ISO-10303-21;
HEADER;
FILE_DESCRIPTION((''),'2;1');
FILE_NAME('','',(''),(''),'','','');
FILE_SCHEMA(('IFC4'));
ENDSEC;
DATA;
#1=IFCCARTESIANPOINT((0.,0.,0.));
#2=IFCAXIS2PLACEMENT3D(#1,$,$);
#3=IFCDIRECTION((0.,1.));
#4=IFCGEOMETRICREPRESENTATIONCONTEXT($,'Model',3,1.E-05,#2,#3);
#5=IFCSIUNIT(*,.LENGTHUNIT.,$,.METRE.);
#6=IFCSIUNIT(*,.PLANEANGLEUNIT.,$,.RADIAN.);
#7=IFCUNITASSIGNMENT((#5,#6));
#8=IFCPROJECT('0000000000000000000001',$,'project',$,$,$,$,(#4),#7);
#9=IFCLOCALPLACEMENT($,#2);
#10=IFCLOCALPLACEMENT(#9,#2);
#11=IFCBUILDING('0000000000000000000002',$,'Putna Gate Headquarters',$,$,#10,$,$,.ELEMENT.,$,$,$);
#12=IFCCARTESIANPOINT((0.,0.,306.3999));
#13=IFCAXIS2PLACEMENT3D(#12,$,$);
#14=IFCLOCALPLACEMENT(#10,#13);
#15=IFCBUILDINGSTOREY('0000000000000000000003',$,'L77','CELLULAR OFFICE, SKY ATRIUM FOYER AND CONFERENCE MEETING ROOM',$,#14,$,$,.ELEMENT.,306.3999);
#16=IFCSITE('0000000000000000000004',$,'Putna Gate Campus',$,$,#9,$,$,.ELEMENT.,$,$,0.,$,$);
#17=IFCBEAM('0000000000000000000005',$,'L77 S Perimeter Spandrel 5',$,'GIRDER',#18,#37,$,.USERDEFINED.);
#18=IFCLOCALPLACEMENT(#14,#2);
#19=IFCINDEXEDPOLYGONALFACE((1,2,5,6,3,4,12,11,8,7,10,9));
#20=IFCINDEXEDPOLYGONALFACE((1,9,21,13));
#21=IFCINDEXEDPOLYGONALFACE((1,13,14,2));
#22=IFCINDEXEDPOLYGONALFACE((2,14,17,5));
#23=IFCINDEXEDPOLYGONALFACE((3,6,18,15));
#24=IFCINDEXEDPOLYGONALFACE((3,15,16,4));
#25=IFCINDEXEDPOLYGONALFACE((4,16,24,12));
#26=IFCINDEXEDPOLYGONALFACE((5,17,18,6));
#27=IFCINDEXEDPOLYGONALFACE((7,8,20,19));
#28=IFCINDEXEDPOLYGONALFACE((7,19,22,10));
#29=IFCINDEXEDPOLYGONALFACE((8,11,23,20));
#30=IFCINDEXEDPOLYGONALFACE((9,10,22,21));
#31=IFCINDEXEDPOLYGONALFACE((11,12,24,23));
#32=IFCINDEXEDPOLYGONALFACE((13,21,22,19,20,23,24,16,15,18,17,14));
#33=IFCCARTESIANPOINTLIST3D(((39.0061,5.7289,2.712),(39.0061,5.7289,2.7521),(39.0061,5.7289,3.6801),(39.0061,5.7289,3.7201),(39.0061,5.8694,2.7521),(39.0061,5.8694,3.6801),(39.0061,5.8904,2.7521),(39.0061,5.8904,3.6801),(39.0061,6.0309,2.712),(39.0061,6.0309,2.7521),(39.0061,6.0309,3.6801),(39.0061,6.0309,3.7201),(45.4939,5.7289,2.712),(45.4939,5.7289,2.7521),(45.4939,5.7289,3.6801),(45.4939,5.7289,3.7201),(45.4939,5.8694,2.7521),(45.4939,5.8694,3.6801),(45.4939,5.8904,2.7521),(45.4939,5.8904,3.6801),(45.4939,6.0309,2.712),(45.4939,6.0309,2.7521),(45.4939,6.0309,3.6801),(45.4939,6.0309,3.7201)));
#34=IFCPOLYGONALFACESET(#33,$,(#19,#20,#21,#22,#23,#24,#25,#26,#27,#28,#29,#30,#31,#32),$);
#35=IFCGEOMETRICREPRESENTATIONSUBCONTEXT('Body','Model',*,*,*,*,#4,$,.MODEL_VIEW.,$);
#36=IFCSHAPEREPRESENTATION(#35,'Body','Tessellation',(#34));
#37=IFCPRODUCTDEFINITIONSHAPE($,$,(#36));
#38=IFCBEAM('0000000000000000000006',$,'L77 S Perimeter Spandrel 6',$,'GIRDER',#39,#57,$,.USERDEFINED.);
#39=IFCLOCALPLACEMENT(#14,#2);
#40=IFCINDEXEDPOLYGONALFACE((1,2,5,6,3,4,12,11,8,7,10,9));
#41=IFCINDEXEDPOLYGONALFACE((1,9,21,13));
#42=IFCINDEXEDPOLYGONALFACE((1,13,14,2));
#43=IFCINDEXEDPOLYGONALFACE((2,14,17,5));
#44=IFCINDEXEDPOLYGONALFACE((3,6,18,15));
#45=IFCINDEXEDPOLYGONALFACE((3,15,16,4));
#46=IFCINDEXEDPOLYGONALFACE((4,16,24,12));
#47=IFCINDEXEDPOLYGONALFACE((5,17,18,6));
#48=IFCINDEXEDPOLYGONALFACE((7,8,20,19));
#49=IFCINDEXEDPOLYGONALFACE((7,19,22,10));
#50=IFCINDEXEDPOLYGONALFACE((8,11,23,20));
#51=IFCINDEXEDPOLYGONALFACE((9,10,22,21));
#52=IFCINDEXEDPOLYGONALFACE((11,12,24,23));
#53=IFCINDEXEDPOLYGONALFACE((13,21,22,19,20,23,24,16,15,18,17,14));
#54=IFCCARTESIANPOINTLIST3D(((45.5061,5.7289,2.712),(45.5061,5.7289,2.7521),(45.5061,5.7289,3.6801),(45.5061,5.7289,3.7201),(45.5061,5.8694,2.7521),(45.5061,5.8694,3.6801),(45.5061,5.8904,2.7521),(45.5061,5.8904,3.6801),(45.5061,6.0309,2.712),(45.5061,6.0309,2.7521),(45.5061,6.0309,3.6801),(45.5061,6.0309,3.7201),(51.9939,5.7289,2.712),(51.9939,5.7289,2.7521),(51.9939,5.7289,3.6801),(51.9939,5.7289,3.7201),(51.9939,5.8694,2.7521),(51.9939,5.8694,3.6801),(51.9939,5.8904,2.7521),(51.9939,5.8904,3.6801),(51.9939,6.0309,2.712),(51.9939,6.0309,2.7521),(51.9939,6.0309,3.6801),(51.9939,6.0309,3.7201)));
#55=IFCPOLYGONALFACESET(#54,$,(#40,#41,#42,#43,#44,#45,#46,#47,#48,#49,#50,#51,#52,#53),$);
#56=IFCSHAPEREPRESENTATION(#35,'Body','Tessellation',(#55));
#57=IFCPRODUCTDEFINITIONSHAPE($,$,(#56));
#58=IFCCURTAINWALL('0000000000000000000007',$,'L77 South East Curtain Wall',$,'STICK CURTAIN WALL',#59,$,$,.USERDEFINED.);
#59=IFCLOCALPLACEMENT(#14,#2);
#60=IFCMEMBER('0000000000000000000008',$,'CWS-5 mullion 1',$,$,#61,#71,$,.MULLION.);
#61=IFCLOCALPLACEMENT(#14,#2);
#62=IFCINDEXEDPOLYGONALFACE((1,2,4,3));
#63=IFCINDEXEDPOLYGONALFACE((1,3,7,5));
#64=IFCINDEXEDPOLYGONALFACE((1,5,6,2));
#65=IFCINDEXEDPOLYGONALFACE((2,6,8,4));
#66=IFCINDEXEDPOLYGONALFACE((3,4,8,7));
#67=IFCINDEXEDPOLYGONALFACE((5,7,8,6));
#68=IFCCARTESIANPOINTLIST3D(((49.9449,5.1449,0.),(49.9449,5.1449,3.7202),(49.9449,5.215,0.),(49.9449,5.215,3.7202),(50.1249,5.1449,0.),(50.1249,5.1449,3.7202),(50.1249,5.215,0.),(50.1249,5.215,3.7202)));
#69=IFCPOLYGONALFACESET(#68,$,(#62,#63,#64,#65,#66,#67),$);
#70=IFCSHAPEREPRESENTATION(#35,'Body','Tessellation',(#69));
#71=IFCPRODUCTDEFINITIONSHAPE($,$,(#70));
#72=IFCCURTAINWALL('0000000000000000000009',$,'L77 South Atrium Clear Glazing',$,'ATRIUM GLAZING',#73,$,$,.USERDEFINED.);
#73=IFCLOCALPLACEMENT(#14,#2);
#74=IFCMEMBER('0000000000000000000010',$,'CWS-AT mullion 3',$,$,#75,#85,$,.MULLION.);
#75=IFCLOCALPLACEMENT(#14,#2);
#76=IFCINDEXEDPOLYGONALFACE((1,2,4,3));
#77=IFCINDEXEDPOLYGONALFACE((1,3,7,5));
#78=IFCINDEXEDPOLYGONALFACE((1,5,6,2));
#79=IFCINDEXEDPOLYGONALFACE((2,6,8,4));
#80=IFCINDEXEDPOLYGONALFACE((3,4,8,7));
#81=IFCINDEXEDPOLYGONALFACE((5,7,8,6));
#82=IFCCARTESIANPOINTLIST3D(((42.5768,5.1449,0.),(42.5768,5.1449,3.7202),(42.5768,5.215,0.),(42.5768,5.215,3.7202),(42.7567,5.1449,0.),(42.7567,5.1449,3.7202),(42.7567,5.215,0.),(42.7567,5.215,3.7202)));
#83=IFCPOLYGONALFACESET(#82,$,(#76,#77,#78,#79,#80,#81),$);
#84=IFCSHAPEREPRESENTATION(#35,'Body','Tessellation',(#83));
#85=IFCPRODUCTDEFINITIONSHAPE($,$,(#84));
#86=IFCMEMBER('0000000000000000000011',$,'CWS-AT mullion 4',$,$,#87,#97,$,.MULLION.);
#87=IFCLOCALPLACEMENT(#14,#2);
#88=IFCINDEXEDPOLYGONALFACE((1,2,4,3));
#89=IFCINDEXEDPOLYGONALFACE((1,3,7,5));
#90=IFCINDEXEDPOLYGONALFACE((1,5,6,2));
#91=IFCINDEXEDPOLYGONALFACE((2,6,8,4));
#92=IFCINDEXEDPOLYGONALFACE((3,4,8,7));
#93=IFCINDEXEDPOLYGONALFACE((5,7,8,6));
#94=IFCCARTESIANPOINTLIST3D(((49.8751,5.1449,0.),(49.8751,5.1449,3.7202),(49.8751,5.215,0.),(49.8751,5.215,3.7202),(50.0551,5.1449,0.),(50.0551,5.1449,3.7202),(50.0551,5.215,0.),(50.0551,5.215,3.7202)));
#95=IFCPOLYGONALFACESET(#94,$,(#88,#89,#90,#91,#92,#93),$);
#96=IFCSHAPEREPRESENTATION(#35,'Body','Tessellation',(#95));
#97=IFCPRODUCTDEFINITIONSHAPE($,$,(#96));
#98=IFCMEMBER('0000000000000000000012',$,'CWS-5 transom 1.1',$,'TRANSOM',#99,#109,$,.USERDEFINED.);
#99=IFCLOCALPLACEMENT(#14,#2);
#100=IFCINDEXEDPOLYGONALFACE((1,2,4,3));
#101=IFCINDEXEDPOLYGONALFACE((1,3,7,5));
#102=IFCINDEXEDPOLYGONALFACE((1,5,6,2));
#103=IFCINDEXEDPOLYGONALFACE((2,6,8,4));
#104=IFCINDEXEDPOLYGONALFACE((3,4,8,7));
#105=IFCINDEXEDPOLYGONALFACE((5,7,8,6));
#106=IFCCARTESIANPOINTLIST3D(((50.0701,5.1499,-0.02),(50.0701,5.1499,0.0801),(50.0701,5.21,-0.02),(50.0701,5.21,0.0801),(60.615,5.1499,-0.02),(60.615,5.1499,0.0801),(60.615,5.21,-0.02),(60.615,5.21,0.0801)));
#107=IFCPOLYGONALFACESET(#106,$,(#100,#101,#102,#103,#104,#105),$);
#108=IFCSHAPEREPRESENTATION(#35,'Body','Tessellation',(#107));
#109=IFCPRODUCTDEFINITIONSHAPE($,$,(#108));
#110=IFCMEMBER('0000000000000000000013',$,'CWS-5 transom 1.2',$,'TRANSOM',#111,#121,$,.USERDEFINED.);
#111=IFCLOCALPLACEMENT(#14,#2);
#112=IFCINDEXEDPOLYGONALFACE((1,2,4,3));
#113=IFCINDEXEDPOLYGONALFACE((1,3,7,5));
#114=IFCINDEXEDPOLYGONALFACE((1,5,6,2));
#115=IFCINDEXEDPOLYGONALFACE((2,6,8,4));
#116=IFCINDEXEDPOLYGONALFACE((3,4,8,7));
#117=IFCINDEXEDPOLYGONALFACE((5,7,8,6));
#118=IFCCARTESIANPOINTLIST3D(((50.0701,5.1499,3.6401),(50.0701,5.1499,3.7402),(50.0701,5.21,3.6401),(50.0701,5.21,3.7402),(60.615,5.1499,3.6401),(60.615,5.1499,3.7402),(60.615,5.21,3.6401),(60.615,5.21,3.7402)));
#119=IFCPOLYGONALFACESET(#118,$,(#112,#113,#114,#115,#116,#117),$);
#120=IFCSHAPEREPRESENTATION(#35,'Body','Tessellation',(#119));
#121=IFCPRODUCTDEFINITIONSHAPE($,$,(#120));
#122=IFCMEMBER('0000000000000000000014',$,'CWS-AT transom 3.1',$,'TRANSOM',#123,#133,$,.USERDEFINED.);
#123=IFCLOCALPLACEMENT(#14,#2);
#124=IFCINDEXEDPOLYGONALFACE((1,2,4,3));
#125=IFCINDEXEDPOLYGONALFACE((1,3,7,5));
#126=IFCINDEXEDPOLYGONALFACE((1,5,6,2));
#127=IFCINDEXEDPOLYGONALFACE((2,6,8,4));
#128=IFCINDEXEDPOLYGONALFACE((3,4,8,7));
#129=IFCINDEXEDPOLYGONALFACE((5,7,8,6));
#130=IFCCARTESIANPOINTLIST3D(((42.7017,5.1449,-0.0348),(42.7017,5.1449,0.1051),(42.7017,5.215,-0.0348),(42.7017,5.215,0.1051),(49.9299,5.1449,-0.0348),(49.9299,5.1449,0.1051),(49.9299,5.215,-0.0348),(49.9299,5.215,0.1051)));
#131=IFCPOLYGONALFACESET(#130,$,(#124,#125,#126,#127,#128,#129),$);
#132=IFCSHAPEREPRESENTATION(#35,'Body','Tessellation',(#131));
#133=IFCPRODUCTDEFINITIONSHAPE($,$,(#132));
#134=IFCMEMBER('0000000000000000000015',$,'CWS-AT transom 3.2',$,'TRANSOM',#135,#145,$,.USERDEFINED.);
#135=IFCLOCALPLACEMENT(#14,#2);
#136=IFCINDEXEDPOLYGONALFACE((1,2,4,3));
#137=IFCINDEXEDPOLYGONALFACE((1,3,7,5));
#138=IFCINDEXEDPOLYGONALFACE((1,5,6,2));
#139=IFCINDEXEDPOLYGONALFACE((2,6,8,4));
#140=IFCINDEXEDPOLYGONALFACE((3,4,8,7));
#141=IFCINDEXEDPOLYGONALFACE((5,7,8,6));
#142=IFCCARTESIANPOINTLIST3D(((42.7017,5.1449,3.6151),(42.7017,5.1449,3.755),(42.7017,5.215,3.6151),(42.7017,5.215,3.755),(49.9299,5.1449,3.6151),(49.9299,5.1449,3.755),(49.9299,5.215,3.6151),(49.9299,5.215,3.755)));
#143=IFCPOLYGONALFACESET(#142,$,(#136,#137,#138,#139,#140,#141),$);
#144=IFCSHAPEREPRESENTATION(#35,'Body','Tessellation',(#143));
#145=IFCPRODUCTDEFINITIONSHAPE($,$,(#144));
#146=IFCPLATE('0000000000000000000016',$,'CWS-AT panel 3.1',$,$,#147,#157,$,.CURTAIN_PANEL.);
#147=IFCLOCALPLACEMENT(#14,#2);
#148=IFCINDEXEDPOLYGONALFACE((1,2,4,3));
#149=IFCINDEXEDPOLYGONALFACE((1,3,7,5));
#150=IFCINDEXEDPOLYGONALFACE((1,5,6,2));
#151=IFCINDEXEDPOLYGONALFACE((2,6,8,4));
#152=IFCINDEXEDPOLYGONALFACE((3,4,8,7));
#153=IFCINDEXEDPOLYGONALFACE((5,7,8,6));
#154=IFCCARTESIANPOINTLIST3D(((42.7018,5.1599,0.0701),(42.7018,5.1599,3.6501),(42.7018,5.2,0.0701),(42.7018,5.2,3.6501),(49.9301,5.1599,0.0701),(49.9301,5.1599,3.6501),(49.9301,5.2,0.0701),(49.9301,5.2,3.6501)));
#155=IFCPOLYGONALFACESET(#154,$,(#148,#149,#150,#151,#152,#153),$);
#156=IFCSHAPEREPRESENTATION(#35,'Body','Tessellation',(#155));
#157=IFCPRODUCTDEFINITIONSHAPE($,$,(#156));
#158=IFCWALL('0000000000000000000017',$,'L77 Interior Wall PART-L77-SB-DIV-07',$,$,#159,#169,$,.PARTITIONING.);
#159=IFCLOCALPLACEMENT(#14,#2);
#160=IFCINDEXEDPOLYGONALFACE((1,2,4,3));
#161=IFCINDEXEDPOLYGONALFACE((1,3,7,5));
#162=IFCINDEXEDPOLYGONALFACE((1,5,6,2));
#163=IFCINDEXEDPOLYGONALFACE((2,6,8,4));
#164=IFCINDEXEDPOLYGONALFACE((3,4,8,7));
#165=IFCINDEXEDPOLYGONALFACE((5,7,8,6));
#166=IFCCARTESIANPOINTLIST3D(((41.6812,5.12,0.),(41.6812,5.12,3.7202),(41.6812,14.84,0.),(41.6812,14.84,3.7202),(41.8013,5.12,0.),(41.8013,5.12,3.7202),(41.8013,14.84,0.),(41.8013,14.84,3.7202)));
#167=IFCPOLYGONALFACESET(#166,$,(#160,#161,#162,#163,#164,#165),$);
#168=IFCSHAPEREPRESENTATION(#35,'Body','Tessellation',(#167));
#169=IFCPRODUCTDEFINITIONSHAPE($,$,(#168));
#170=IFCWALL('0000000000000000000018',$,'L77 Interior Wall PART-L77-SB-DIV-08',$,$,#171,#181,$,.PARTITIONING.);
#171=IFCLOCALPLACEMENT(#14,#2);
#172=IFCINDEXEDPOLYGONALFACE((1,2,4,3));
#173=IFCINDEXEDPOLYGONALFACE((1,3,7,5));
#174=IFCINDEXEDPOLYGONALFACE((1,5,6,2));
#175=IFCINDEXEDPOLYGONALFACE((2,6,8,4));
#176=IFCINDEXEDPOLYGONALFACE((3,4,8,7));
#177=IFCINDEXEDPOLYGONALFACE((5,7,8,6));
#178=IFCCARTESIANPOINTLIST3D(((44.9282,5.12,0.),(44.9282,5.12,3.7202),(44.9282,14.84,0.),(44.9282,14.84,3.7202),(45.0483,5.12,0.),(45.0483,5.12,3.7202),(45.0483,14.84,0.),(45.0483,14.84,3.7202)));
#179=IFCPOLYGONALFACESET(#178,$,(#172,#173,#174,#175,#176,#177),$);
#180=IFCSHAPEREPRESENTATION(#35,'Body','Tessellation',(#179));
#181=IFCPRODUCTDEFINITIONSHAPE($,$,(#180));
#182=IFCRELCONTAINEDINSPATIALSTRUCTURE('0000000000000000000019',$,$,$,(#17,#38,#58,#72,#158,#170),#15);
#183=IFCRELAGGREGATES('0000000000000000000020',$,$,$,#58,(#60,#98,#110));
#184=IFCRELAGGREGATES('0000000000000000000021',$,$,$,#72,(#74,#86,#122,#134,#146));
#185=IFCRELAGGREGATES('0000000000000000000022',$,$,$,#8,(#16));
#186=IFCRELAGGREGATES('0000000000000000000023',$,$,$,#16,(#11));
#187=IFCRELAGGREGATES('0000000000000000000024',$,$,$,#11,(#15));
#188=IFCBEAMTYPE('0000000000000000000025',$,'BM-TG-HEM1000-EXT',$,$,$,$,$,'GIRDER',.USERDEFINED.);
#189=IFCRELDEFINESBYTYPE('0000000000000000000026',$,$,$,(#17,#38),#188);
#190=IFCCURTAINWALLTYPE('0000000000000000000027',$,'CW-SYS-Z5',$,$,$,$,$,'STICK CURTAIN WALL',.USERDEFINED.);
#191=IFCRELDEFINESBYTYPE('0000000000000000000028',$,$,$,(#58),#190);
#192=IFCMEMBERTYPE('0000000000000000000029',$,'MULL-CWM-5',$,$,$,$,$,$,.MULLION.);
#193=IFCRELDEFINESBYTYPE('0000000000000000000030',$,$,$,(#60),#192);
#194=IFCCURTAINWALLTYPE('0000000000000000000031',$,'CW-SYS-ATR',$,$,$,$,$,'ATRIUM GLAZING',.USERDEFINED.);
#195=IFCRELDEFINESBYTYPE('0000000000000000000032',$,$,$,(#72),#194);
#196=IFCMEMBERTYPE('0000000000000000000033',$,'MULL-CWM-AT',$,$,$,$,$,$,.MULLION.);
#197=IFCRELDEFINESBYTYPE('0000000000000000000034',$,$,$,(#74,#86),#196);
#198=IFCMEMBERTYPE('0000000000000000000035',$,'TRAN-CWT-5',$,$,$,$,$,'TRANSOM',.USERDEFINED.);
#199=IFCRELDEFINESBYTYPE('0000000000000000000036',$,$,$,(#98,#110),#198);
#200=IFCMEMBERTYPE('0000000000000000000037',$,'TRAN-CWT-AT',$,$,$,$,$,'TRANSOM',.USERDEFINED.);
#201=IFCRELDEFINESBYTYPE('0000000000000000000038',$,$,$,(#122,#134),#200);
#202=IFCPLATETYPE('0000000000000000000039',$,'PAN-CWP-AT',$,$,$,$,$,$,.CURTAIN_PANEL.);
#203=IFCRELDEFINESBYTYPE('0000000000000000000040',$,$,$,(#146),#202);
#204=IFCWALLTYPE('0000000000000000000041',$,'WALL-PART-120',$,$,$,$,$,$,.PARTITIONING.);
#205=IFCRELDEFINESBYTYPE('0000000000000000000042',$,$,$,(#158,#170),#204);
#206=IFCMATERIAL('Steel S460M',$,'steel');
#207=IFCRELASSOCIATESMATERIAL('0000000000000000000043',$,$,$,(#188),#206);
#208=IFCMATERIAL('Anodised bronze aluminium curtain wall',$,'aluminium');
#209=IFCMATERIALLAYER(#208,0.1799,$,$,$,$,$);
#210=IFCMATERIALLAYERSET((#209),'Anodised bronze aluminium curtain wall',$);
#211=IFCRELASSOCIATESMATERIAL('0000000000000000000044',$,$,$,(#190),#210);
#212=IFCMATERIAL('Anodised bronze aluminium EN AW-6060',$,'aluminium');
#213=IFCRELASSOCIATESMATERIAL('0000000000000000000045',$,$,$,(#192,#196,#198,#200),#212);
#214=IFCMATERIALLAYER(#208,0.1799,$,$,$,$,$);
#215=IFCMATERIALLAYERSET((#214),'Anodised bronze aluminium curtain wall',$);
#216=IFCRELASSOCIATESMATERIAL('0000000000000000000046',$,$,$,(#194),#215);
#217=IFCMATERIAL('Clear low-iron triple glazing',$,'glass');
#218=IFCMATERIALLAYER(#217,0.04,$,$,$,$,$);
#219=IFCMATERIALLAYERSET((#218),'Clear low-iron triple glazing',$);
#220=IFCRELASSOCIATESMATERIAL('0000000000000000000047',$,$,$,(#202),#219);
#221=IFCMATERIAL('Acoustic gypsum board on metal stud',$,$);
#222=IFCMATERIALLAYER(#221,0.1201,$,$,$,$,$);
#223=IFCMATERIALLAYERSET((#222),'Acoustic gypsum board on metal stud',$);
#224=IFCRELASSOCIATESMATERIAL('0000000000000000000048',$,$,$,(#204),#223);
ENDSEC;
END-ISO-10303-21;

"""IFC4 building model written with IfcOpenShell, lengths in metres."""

from ifc_helpers import new_model, si_unit, direction, frame, frame_2d, origin, origin_2d, place, context, subcontext, project, spatial, rectangle, i_section, extrude, material, layer, layer_set, material_profile, profile_set, type_object, element, aggregate, save


model = new_model("IFC4")

# Units and contexts
model_context = context("Model", 3, precision=1e-05, world=origin(), true_north=direction((0.0, 1.0)))
body_context = subcontext(model_context, "Body", "Model", "MODEL_VIEW")
ifc_project = project(units=[si_unit("LENGTHUNIT", "METRE"), si_unit("PLANEANGLEUNIT", "RADIAN")], contexts=[model_context])

# Site, building, storey
site_placement = place(None, origin())
site = spatial("IfcSite", under=ifc_project, at=site_placement, Name="Putna Gate Campus", CompositionType="ELEMENT", RefElevation=0.0)
building_placement = place(site_placement, origin())
building = spatial("IfcBuilding", under=site, at=building_placement, Name="Putna Gate Headquarters", CompositionType="ELEMENT")
storey_placement = place(building_placement, frame((0.0, 0.0, 306.3999)))
storey = spatial("IfcBuildingStorey", under=building, at=storey_placement, Name="L77", Description="CELLULAR OFFICE, SKY ATRIUM FOYER AND CONFERENCE MEETING ROOM", CompositionType="ELEMENT", Elevation=306.3999)

# Shared definitions
ifc_material_1 = material(Name="Steel S460M", Category="steel")

# Beams
ifc_material_profile_1 = material_profile(ifc_material_1, i_section(OverallWidth=0.302, OverallDepth=1.0081, WebThickness=0.021, FlangeThickness=0.04, at=origin_2d()), Name="Steel S460M")
ifc_profile_set_1 = profile_set([ifc_material_profile_1], Name="Steel S460M")
beam_type_1 = type_object("IfcBeamType", Name="BM-TG-HEM1000-EXT", ElementType="GIRDER", PredefinedType="USERDEFINED", material=ifc_profile_set_1)
for number, where, z_axis, x_axis, name in (
    (1, (39.0061, 5.8799, 3.2161), (1.0, 0.0, 0.0), (0.0, 1.0, 0.0), "L77 S Perimeter Spandrel 5"),
    (2, (45.5061, 5.8799, 3.2161), (1.0, 0.0, 0.0), (0.0, 1.0, 0.0), "L77 S Perimeter Spandrel 6"),
):
    element("IfcBeam", number, at=place(storey_placement, frame(where, z_axis=z_axis, x_axis=x_axis)), inside=storey, type_object=beam_type_1, Name=name, ObjectType="GIRDER", PredefinedType="USERDEFINED", context=body_context, shape_type="SweptSolid", body=[
        extrude(i_section(OverallWidth=0.302, OverallDepth=1.0081, WebThickness=0.021, FlangeThickness=0.04, at=origin_2d()), origin(), (0.0, 0.0, 1.0), 6.4878),
    ])

# Curtain wall, member
ifc_material_2 = material(Name="Anodised bronze aluminium curtain wall", Category="aluminium")
ifc_layer_1 = layer(ifc_material_2, 0.1799)
ifc_layer_set_1 = layer_set([ifc_layer_1], Name="Anodised bronze aluminium curtain wall")
curtain_wall_type_1 = type_object("IfcCurtainWallType", Name="CW-SYS-Z5", ElementType="STICK CURTAIN WALL", PredefinedType="USERDEFINED", material=ifc_layer_set_1)
curtain_wall_1_placement = place(storey_placement, origin())
curtain_wall_1 = element("IfcCurtainWall", 3, at=curtain_wall_1_placement, inside=storey, type_object=curtain_wall_type_1, Name="L77 South East Curtain Wall", ObjectType="STICK CURTAIN WALL", PredefinedType="USERDEFINED")
ifc_material_3 = material(Name="Anodised bronze aluminium EN AW-6060", Category="aluminium")
ifc_material_profile_2 = material_profile(ifc_material_3, rectangle(XDim=0.0701, YDim=0.1799, at=origin_2d()), Name="Anodised bronze aluminium EN AW-6060")
ifc_profile_set_2 = profile_set([ifc_material_profile_2], Name="Anodised bronze aluminium EN AW-6060")
member_type_1 = type_object("IfcMemberType", Name="MULL-CWM-5", PredefinedType="MULLION", material=ifc_profile_set_2)
member_1_placement = place(storey_placement, frame((50.0349, 5.1799, 0.0), z_axis=(0.0, 0.0, 1.0), x_axis=(0.0, 1.0, 0.0)))
member_1 = element("IfcMember", 4, at=member_1_placement, type_object=member_type_1, Name="CWS-5 mullion 1", PredefinedType="MULLION", context=body_context, shape_type="SweptSolid", body=[
    extrude(rectangle(XDim=0.0701, YDim=0.1799, at=origin_2d()), origin(), (0.0, 0.0, 1.0), 3.7202),
])

# Curtain wall, members
ifc_layer_2 = layer(ifc_material_2, 0.1799)
ifc_layer_set_2 = layer_set([ifc_layer_2], Name="Anodised bronze aluminium curtain wall")
curtain_wall_type_2 = type_object("IfcCurtainWallType", Name="CW-SYS-ATR", ElementType="ATRIUM GLAZING", PredefinedType="USERDEFINED", material=ifc_layer_set_2)
curtain_wall_2_placement = place(storey_placement, origin())
curtain_wall_2 = element("IfcCurtainWall", 5, at=curtain_wall_2_placement, inside=storey, type_object=curtain_wall_type_2, Name="L77 South Atrium Clear Glazing", ObjectType="ATRIUM GLAZING", PredefinedType="USERDEFINED")
ifc_material_profile_3 = material_profile(ifc_material_3, rectangle(XDim=0.0701, YDim=0.1799, at=origin_2d()), Name="Anodised bronze aluminium EN AW-6060")
ifc_profile_set_3 = profile_set([ifc_material_profile_3], Name="Anodised bronze aluminium EN AW-6060")
member_type_2 = type_object("IfcMemberType", Name="MULL-CWM-AT", PredefinedType="MULLION", material=ifc_profile_set_3)
member_2_placement = place(storey_placement, frame((42.6667, 5.1799, 0.0), z_axis=(0.0, 0.0, 1.0), x_axis=(0.0, 1.0, 0.0)))
member_2 = element("IfcMember", 6, at=member_2_placement, type_object=member_type_2, Name="CWS-AT mullion 3", PredefinedType="MULLION", context=body_context, shape_type="SweptSolid", body=[
    extrude(rectangle(XDim=0.0701, YDim=0.1799, at=origin_2d()), origin(), (0.0, 0.0, 1.0), 3.7202),
])
member_3_placement = place(storey_placement, frame((49.9651, 5.1799, 0.0), z_axis=(0.0, 0.0, 1.0), x_axis=(0.0, 1.0, 0.0)))
member_3 = element("IfcMember", 7, at=member_3_placement, type_object=member_type_2, Name="CWS-AT mullion 4", PredefinedType="MULLION", context=body_context, shape_type="SweptSolid", body=[
    extrude(rectangle(XDim=0.0701, YDim=0.1799, at=origin_2d()), origin(), (0.0, 0.0, 1.0), 3.7202),
])

# Members
ifc_material_profile_4 = material_profile(ifc_material_3, rectangle(XDim=0.0601, YDim=0.1001, at=origin_2d()), Name="Anodised bronze aluminium EN AW-6060")
ifc_profile_set_4 = profile_set([ifc_material_profile_4], Name="Anodised bronze aluminium EN AW-6060")
member_type_3 = type_object("IfcMemberType", Name="TRAN-CWT-5", ElementType="TRANSOM", PredefinedType="USERDEFINED", material=ifc_profile_set_4)
member_4_placement = place(storey_placement, frame((50.0701, 5.1799, 0.03), z_axis=(1.0, 0.0, 0.0), x_axis=(0.0, 1.0, 0.0)))
member_4 = element("IfcMember", 8, at=member_4_placement, type_object=member_type_3, Name="CWS-5 transom 1.1", ObjectType="TRANSOM", PredefinedType="USERDEFINED", context=body_context, shape_type="SweptSolid", body=[
    extrude(rectangle(XDim=0.0601, YDim=0.1001, at=origin_2d()), origin(), (0.0, 0.0, 1.0), 10.5449),
])
member_5_placement = place(storey_placement, frame((50.0701, 5.1799, 3.6902), z_axis=(1.0, 0.0, 0.0), x_axis=(0.0, 1.0, 0.0)))
member_5 = element("IfcMember", 9, at=member_5_placement, type_object=member_type_3, Name="CWS-5 transom 1.2", ObjectType="TRANSOM", PredefinedType="USERDEFINED", context=body_context, shape_type="SweptSolid", body=[
    extrude(rectangle(XDim=0.0601, YDim=0.1001, at=origin_2d()), origin(), (0.0, 0.0, 1.0), 10.5449),
])
aggregate(curtain_wall_1, [member_1, member_4, member_5])
ifc_material_profile_5 = material_profile(ifc_material_3, rectangle(XDim=0.0701, YDim=0.1399, at=origin_2d()), Name="Anodised bronze aluminium EN AW-6060")
ifc_profile_set_5 = profile_set([ifc_material_profile_5], Name="Anodised bronze aluminium EN AW-6060")
member_type_4 = type_object("IfcMemberType", Name="TRAN-CWT-AT", ElementType="TRANSOM", PredefinedType="USERDEFINED", material=ifc_profile_set_5)
member_6_placement = place(storey_placement, frame((42.7017, 5.1799, 0.0352), z_axis=(1.0, 0.0, 0.0), x_axis=(0.0, 1.0, 0.0)))
member_6 = element("IfcMember", 10, at=member_6_placement, type_object=member_type_4, Name="CWS-AT transom 3.1", ObjectType="TRANSOM", PredefinedType="USERDEFINED", context=body_context, shape_type="SweptSolid", body=[
    extrude(rectangle(XDim=0.0701, YDim=0.1399, at=origin_2d()), origin(), (0.0, 0.0, 1.0), 7.2283),
])
member_7_placement = place(storey_placement, frame((42.7017, 5.1799, 3.6851), z_axis=(1.0, 0.0, 0.0), x_axis=(0.0, 1.0, 0.0)))
member_7 = element("IfcMember", 11, at=member_7_placement, type_object=member_type_4, Name="CWS-AT transom 3.2", ObjectType="TRANSOM", PredefinedType="USERDEFINED", context=body_context, shape_type="SweptSolid", body=[
    extrude(rectangle(XDim=0.0701, YDim=0.1399, at=origin_2d()), origin(), (0.0, 0.0, 1.0), 7.2283),
])

# Plate
ifc_material_4 = material(Name="Clear low-iron triple glazing", Category="glass")
ifc_layer_3 = layer(ifc_material_4, 0.04)
ifc_layer_set_3 = layer_set([ifc_layer_3], Name="Clear low-iron triple glazing")
plate_type = type_object("IfcPlateType", Name="PAN-CWP-AT", PredefinedType="CURTAIN_PANEL", material=ifc_layer_set_3)
plate_placement = place(storey_placement, frame((46.3159, 5.1799, 0.0701), z_axis=(0.0, 0.0, 1.0), x_axis=(1.0, 0.0, 0.0)))
plate = element("IfcPlate", 12, at=plate_placement, type_object=plate_type, Name="CWS-AT panel 3.1", PredefinedType="CURTAIN_PANEL", context=body_context, shape_type="SweptSolid", body=[
    extrude(rectangle(XDim=7.2283, YDim=0.04, at=origin_2d()), origin(), (0.0, 0.0, 1.0), 3.5801),
])
aggregate(curtain_wall_2, [member_2, member_3, member_6, member_7, plate])

# Walls
ifc_material_5 = material(Name="Acoustic gypsum board on metal stud")
ifc_layer_4 = layer(ifc_material_5, 0.1201)
ifc_layer_set_4 = layer_set([ifc_layer_4], Name="Acoustic gypsum board on metal stud")
wall_type_1 = type_object("IfcWallType", Name="WALL-PART-120", PredefinedType="PARTITIONING", material=ifc_layer_set_4)
for number, where, z_axis, x_axis, name in (
    (13, (41.7412, 5.1201, 0.0), (0.0, 0.0, 1.0), (0.0, 1.0, 0.0), "L77 Interior Wall PART-L77-SB-DIV-07"),
    (14, (44.9883, 5.1201, 0.0), (0.0, 0.0, 1.0), (0.0, 1.0, 0.0), "L77 Interior Wall PART-L77-SB-DIV-08"),
):
    element("IfcWall", number, at=place(storey_placement, frame(where, z_axis=z_axis, x_axis=x_axis)), inside=storey, type_object=wall_type_1, Name=name, PredefinedType="PARTITIONING", context=body_context, shape_type="SweptSolid", body=[
        extrude(rectangle(XDim=9.72, YDim=0.1201, at=frame_2d((4.8599, 0.0))), origin(), (0.0, 0.0, 1.0), 3.7202),
    ])

save(model, "model.ifc")
